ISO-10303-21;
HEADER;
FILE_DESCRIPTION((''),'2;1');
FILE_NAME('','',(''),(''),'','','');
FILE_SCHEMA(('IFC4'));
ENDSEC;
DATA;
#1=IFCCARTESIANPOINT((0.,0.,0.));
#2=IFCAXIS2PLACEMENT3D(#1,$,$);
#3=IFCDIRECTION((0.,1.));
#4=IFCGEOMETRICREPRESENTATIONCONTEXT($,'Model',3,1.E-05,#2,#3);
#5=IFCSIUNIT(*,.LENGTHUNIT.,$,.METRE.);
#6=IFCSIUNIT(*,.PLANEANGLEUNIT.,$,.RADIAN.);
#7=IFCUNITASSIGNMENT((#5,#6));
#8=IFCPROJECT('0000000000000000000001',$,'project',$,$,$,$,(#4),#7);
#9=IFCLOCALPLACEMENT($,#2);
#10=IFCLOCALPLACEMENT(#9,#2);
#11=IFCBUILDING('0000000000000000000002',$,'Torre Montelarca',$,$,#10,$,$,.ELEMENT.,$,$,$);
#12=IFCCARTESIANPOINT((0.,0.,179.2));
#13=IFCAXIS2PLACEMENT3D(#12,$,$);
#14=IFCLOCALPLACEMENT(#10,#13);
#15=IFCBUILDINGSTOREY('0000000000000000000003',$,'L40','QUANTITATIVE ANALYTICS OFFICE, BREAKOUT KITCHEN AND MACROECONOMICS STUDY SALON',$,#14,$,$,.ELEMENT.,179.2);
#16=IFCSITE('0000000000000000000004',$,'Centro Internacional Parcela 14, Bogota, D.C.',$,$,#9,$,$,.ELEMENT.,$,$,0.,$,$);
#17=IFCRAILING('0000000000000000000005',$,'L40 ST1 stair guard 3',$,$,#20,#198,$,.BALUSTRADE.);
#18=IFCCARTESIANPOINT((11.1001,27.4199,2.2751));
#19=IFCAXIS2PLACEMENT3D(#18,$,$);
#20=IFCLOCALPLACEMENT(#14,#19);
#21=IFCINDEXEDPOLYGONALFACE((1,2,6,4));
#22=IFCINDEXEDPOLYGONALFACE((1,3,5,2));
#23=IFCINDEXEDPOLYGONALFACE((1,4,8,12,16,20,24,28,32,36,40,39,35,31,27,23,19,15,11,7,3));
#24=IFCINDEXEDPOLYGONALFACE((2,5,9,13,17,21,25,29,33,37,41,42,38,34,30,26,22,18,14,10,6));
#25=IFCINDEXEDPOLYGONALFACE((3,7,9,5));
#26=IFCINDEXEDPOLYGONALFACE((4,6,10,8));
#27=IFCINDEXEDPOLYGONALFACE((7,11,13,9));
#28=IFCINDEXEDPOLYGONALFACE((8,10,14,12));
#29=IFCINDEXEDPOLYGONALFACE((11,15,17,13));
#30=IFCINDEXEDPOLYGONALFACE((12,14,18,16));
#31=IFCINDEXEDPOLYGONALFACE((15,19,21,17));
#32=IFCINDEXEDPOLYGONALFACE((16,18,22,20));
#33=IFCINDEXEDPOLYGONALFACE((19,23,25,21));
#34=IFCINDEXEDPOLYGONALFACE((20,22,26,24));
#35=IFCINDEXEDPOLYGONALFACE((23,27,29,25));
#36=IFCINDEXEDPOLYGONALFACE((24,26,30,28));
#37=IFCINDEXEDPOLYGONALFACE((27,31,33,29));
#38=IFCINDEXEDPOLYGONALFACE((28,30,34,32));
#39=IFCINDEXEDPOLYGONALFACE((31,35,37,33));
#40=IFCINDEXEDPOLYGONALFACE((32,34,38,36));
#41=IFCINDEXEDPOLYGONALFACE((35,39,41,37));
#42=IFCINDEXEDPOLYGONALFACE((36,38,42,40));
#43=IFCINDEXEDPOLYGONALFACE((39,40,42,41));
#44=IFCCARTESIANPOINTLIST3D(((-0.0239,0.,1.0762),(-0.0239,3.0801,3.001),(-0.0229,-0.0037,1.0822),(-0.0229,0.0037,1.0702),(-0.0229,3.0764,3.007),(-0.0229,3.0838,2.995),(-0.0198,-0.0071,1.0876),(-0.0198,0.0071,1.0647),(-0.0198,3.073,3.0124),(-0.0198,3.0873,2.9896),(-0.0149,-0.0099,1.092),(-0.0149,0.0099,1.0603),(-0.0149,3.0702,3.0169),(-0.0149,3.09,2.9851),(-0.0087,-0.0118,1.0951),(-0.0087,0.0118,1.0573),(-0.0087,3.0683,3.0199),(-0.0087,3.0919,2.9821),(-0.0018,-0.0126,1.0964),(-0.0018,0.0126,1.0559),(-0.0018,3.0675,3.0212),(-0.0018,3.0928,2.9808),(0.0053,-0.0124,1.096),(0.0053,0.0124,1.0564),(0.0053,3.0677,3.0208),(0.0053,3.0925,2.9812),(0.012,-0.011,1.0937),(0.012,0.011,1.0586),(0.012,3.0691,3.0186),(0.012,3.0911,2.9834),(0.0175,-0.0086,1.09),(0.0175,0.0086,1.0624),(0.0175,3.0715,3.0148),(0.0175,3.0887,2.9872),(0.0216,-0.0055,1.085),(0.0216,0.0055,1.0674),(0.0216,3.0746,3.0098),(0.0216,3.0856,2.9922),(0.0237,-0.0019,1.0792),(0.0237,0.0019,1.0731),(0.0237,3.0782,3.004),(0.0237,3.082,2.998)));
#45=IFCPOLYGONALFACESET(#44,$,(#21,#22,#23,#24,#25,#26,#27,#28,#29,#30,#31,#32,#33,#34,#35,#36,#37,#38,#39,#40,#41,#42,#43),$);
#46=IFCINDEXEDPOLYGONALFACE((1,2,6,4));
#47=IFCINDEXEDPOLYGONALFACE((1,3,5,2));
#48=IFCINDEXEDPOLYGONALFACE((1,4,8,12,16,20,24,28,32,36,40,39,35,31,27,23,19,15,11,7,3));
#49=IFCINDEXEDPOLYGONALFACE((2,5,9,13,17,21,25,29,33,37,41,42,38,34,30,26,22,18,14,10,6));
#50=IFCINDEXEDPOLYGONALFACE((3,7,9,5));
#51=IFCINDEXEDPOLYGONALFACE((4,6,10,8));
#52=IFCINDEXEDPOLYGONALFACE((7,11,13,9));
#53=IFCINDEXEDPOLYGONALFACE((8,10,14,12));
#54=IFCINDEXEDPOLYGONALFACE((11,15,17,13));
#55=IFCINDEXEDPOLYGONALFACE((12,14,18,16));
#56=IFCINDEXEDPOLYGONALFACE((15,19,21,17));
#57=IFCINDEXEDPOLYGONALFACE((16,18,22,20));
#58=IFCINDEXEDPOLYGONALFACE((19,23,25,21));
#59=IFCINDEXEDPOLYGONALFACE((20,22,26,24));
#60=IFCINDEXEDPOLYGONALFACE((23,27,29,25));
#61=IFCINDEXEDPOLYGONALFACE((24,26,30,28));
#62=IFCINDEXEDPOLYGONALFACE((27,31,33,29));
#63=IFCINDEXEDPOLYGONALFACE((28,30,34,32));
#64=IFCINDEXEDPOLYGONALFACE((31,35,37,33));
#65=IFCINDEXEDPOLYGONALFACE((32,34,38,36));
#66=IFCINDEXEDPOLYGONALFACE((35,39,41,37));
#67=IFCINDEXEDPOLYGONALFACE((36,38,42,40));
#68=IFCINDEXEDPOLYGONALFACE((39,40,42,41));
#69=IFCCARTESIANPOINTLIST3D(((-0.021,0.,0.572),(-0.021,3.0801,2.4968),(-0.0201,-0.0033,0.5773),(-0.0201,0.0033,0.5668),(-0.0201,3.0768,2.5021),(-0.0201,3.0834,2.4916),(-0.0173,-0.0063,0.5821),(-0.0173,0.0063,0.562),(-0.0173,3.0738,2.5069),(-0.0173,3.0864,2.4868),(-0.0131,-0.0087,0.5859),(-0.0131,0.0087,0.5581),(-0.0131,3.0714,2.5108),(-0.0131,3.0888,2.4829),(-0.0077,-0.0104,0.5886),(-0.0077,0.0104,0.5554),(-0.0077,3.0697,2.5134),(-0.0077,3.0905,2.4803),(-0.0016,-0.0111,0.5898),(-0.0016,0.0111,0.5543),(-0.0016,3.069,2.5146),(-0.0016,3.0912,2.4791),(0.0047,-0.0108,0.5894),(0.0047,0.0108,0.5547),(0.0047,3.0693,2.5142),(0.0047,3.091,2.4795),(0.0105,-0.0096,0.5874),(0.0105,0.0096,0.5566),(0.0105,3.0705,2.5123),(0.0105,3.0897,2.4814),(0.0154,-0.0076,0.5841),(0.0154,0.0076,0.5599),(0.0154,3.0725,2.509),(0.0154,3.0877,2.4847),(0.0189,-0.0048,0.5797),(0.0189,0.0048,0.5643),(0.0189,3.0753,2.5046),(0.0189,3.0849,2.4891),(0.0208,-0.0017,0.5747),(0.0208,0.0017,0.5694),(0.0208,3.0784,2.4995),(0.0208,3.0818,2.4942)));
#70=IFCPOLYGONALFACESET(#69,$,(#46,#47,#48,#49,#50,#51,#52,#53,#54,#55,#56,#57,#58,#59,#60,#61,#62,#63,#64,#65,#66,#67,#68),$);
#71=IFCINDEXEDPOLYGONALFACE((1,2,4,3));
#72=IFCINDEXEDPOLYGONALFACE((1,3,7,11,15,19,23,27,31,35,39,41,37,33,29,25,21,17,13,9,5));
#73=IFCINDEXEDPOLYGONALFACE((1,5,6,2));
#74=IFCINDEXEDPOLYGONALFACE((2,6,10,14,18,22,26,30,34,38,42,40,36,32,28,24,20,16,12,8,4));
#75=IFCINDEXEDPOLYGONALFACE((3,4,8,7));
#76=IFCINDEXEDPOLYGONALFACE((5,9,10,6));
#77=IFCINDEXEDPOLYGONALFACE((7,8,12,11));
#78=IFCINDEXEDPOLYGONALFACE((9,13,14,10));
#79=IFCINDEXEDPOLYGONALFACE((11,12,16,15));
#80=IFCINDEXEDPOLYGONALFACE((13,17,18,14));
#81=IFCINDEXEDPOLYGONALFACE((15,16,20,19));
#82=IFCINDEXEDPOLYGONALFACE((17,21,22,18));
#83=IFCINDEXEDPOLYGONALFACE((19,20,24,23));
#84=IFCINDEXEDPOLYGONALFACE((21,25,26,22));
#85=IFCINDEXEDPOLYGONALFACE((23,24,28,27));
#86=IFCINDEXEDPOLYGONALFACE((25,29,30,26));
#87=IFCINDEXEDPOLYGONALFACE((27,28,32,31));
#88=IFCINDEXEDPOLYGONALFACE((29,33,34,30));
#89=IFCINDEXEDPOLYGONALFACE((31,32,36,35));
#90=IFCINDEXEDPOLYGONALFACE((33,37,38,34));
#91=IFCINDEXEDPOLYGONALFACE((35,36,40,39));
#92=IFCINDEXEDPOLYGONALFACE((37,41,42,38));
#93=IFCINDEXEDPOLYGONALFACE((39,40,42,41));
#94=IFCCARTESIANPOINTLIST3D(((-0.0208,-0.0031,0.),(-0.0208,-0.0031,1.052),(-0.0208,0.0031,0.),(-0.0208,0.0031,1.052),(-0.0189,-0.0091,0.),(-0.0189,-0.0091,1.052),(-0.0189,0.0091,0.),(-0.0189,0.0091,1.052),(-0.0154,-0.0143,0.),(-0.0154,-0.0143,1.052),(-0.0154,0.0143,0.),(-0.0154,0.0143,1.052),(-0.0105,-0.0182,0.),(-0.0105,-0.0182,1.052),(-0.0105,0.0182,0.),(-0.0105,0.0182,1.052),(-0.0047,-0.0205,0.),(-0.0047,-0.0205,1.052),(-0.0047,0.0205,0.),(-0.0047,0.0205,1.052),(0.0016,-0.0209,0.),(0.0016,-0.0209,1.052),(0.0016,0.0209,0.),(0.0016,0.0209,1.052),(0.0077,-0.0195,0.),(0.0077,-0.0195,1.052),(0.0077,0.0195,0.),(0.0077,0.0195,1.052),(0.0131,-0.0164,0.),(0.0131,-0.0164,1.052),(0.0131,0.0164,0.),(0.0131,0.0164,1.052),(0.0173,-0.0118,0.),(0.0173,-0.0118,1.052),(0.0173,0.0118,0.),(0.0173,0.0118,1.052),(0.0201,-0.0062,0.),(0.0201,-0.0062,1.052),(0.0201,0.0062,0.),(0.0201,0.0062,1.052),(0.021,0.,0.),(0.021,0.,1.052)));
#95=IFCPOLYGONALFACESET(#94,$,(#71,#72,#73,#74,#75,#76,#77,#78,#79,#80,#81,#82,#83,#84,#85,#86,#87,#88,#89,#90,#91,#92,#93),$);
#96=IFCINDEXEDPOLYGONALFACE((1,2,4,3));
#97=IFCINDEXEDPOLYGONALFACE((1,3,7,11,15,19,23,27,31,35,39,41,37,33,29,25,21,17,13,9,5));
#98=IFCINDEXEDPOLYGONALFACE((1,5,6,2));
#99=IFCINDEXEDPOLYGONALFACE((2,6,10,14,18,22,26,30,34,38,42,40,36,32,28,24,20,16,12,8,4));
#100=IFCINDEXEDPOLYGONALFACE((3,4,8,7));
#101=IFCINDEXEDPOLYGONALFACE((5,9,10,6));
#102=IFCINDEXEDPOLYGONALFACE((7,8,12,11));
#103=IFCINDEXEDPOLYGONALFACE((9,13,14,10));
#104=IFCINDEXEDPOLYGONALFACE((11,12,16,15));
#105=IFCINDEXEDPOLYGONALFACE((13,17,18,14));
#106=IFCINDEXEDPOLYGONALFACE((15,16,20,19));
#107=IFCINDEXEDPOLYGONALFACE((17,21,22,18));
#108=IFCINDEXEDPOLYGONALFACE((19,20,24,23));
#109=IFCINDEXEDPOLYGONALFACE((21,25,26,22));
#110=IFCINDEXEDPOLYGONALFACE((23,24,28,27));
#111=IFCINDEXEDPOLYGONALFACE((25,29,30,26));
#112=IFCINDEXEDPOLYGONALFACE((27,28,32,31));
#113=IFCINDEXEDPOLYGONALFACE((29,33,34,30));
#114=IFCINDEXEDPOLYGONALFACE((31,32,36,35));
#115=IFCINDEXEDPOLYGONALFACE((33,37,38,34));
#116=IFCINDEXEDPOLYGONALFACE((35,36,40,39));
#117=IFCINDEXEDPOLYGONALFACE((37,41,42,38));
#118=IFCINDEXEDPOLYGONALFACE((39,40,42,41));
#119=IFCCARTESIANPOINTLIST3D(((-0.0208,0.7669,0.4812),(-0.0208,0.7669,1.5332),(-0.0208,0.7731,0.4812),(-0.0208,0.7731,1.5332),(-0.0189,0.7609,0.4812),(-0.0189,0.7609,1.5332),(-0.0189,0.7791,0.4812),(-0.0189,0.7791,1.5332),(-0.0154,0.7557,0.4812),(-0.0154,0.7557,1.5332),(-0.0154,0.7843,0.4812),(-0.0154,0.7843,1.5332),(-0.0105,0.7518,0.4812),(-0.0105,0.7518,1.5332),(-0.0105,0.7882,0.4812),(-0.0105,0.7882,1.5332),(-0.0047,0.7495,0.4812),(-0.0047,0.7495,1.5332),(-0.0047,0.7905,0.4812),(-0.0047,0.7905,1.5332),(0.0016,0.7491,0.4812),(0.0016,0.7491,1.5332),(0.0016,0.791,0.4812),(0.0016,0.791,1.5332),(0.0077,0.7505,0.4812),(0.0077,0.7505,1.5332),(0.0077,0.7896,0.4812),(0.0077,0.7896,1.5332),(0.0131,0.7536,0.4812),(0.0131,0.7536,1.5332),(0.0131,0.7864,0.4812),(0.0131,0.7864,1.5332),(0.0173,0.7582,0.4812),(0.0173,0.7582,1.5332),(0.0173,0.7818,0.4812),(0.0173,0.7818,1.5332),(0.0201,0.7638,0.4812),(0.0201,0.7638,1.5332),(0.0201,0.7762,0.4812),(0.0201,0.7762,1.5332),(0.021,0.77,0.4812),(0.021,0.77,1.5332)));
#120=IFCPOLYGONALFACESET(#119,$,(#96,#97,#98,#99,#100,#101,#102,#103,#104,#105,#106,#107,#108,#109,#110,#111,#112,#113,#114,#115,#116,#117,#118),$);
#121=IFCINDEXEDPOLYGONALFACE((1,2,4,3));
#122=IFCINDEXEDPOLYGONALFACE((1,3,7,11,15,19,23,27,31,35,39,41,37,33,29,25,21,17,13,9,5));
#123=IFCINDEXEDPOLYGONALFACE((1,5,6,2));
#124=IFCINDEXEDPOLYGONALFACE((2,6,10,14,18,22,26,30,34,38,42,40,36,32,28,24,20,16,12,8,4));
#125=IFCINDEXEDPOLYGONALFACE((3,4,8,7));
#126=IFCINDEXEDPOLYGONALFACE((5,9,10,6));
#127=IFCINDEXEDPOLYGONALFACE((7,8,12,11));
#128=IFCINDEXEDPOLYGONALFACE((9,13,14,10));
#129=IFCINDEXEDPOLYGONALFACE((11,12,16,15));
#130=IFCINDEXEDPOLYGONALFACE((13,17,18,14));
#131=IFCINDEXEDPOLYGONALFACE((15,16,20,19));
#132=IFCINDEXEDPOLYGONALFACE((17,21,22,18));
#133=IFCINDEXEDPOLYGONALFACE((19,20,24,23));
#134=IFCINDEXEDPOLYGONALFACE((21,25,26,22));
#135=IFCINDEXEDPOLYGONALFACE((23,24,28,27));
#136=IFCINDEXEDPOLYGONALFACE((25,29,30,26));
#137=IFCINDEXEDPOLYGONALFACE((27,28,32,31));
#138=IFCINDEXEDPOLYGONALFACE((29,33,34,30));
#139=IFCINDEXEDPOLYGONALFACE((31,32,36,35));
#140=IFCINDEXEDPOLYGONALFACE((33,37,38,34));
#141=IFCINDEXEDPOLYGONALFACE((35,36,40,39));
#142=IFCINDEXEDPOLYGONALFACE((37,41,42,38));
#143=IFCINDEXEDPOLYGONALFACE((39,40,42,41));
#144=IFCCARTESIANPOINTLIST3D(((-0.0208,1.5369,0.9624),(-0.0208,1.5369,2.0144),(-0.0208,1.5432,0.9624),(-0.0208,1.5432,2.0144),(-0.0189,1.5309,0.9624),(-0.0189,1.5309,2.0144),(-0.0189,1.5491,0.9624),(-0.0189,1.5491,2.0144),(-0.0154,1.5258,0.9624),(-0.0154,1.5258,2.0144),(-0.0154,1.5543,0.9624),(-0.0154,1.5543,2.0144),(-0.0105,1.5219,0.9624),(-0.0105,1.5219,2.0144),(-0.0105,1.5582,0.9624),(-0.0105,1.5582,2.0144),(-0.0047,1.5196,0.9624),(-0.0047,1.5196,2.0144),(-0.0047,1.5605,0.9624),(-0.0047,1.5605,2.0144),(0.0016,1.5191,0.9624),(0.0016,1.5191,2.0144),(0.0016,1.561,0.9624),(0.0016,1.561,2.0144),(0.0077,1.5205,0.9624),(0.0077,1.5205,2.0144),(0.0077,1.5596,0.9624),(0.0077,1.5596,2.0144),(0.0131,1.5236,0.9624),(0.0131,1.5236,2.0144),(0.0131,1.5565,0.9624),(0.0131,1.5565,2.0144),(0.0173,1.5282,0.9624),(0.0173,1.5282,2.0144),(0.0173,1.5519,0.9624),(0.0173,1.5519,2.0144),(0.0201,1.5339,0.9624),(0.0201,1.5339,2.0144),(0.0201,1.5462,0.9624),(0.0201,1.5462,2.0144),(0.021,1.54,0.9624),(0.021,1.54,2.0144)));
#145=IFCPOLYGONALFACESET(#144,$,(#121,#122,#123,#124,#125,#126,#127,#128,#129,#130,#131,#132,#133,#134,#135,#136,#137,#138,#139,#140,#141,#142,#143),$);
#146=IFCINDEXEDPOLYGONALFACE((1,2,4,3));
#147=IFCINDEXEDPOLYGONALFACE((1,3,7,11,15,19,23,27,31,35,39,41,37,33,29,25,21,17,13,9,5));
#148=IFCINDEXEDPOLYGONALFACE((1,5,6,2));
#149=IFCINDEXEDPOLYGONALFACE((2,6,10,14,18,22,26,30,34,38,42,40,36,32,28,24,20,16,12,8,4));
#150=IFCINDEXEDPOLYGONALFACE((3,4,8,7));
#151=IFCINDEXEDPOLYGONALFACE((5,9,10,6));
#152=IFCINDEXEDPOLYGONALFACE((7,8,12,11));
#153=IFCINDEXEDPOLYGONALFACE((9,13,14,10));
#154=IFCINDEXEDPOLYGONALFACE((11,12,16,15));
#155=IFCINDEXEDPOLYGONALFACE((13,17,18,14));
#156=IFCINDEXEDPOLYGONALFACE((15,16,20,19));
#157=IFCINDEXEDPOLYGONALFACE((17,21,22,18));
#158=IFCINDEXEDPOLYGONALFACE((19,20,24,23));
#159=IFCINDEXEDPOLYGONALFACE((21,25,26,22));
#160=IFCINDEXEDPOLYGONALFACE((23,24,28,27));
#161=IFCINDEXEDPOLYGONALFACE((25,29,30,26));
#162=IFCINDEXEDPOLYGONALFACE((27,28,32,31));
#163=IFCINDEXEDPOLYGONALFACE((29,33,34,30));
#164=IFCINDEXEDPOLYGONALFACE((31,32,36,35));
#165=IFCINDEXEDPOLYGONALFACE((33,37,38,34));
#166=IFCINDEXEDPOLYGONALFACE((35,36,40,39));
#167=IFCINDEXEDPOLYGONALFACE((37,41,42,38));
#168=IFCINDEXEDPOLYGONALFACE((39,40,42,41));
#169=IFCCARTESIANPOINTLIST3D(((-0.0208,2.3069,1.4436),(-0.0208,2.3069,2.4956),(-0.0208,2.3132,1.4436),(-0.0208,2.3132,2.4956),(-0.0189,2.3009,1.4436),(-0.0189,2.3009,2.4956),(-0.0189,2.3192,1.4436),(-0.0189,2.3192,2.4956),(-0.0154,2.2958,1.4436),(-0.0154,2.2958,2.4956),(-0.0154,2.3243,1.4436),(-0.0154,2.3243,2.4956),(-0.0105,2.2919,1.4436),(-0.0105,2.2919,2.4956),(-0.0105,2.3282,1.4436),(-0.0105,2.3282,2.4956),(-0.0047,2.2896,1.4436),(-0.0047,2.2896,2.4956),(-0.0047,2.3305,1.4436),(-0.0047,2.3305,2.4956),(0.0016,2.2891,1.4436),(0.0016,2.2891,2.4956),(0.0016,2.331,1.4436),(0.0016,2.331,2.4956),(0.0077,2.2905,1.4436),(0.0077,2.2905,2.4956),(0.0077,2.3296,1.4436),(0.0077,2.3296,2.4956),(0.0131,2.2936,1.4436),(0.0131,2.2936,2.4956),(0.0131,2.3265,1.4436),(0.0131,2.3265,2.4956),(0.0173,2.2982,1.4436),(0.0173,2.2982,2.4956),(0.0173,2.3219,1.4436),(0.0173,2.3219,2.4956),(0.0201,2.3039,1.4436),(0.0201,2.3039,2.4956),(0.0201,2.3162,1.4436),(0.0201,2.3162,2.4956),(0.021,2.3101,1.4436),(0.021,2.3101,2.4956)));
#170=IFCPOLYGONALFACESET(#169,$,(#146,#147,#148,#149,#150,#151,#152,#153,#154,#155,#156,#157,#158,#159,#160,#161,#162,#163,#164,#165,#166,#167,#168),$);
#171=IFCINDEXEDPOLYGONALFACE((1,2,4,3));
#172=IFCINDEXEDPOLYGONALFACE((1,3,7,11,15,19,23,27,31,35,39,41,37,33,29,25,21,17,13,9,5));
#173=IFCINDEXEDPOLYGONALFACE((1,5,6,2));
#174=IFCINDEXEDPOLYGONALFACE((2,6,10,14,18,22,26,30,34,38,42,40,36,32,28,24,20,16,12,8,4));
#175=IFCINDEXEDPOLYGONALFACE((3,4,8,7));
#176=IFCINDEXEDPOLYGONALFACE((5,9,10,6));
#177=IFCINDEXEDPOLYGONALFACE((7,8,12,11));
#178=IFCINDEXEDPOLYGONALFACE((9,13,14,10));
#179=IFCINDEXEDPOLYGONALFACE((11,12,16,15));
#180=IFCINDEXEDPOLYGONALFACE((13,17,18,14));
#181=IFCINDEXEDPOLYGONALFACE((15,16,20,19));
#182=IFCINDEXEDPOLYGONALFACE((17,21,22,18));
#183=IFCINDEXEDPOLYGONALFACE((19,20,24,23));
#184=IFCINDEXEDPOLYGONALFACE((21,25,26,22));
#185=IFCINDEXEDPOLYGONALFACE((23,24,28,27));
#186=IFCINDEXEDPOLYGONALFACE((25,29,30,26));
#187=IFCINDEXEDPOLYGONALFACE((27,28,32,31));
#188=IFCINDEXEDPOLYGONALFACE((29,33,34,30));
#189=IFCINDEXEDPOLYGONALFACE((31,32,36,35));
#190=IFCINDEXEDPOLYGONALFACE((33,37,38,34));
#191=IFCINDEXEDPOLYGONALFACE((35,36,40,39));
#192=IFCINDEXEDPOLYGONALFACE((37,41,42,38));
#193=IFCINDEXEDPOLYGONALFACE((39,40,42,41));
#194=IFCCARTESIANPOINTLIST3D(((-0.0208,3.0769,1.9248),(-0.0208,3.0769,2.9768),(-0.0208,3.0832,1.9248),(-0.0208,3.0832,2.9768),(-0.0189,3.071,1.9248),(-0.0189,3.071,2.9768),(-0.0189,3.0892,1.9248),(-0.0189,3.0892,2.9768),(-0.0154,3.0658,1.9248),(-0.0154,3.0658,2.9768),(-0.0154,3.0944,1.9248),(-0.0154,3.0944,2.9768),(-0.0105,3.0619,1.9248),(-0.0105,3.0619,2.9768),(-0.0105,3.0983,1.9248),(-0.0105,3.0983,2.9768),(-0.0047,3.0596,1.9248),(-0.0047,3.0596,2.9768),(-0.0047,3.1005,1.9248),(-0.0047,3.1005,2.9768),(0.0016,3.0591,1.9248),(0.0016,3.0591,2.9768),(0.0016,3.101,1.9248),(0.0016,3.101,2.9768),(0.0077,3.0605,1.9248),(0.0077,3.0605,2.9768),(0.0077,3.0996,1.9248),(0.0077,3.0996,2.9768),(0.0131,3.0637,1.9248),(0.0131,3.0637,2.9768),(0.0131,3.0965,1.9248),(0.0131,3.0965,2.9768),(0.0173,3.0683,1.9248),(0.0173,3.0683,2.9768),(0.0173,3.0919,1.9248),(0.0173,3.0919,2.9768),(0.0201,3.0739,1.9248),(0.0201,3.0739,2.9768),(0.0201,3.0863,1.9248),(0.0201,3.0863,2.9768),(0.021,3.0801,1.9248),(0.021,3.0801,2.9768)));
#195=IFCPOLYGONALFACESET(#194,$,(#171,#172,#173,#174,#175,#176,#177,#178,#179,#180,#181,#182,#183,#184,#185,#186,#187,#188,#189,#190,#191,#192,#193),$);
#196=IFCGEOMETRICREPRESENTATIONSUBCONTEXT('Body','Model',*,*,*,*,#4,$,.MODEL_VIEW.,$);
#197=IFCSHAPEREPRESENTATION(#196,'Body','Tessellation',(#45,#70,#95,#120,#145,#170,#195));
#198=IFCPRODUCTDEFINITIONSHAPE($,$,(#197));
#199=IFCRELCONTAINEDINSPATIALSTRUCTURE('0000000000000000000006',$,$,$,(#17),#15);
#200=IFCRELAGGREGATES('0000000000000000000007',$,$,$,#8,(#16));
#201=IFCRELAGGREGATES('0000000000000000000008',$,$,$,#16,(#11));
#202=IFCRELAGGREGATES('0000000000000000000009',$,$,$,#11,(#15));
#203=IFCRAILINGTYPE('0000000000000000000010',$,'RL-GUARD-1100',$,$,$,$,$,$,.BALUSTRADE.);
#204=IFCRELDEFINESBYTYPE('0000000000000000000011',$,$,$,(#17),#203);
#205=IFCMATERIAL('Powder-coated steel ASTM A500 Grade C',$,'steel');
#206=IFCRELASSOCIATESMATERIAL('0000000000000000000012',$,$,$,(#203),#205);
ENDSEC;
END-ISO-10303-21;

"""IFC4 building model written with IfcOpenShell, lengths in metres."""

from ifc_helpers import new_model, si_unit, direction, frame, origin, origin_2d, place, context, subcontext, project, spatial, circle, extrude, material, type_object, element, save


model = new_model("IFC4")

# Units and contexts
model_context = context("Model", 3, precision=1e-05, world=origin(), true_north=direction((0.0, 1.0)))
body_context = subcontext(model_context, "Body", "Model", "MODEL_VIEW")
ifc_project = project(units=[si_unit("LENGTHUNIT", "METRE"), si_unit("PLANEANGLEUNIT", "RADIAN")], contexts=[model_context])

# Site, building, storey
site_placement = place(None, origin())
site = spatial("IfcSite", under=ifc_project, at=site_placement, Name="Centro Internacional Parcela 14, Bogota, D.C.", CompositionType="ELEMENT", RefElevation=0.0)
building_placement = place(site_placement, origin())
building = spatial("IfcBuilding", under=site, at=building_placement, Name="Torre Montelarca", CompositionType="ELEMENT")
storey_placement = place(building_placement, frame((0.0, 0.0, 179.2)))
storey = spatial("IfcBuildingStorey", under=building, at=storey_placement, Name="L40", Description="QUANTITATIVE ANALYTICS OFFICE, BREAKOUT KITCHEN AND MACROECONOMICS STUDY SALON", CompositionType="ELEMENT", Elevation=179.2)

# Railing
ifc_material_1 = material(Name="Powder-coated steel ASTM A500 Grade C", Category="steel")
railing_type_1 = type_object("IfcRailingType", Name="RL-GUARD-1100", PredefinedType="BALUSTRADE", material=ifc_material_1)
railing_1_placement = place(storey_placement, frame((11.1001, 27.4199, 2.2751)))
element("IfcRailing", 1, at=railing_1_placement, inside=storey, type_object=railing_type_1, Name="L40 ST1 stair guard 3", PredefinedType="BALUSTRADE", context=body_context, shape_type="SweptSolid", body=[
    extrude(circle(Radius=0.0239, at=origin_2d()), frame((0.0, 0.0, 1.0762), z_axis=(0.0, 0.848029, 0.529951), x_axis=(-1.0, 0.0, 0.0)), (0.0, 0.0, 1.0), 3.6321),
    extrude(circle(Radius=0.021, at=origin_2d()), frame((0.0, 0.0, 0.572), z_axis=(0.0, 0.848029, 0.529951), x_axis=(-1.0, 0.0, 0.0)), (0.0, 0.0, 1.0), 3.6321),
    extrude(circle(Radius=0.021, at=origin_2d()), origin(), (0.0, 0.0, 1.0), 1.052),
    extrude(circle(Radius=0.021, at=origin_2d()), frame((0.0, 0.77, 0.4812)), (0.0, 0.0, 1.0), 1.052),
    extrude(circle(Radius=0.021, at=origin_2d()), frame((0.0, 1.54, 0.9624)), (0.0, 0.0, 1.0), 1.052),
    extrude(circle(Radius=0.021, at=origin_2d()), frame((0.0, 2.3101, 1.4436)), (0.0, 0.0, 1.0), 1.052),
    extrude(circle(Radius=0.021, at=origin_2d()), frame((0.0, 3.0801, 1.9248)), (0.0, 0.0, 1.0), 1.052),
])

save(model, "model.ifc")
